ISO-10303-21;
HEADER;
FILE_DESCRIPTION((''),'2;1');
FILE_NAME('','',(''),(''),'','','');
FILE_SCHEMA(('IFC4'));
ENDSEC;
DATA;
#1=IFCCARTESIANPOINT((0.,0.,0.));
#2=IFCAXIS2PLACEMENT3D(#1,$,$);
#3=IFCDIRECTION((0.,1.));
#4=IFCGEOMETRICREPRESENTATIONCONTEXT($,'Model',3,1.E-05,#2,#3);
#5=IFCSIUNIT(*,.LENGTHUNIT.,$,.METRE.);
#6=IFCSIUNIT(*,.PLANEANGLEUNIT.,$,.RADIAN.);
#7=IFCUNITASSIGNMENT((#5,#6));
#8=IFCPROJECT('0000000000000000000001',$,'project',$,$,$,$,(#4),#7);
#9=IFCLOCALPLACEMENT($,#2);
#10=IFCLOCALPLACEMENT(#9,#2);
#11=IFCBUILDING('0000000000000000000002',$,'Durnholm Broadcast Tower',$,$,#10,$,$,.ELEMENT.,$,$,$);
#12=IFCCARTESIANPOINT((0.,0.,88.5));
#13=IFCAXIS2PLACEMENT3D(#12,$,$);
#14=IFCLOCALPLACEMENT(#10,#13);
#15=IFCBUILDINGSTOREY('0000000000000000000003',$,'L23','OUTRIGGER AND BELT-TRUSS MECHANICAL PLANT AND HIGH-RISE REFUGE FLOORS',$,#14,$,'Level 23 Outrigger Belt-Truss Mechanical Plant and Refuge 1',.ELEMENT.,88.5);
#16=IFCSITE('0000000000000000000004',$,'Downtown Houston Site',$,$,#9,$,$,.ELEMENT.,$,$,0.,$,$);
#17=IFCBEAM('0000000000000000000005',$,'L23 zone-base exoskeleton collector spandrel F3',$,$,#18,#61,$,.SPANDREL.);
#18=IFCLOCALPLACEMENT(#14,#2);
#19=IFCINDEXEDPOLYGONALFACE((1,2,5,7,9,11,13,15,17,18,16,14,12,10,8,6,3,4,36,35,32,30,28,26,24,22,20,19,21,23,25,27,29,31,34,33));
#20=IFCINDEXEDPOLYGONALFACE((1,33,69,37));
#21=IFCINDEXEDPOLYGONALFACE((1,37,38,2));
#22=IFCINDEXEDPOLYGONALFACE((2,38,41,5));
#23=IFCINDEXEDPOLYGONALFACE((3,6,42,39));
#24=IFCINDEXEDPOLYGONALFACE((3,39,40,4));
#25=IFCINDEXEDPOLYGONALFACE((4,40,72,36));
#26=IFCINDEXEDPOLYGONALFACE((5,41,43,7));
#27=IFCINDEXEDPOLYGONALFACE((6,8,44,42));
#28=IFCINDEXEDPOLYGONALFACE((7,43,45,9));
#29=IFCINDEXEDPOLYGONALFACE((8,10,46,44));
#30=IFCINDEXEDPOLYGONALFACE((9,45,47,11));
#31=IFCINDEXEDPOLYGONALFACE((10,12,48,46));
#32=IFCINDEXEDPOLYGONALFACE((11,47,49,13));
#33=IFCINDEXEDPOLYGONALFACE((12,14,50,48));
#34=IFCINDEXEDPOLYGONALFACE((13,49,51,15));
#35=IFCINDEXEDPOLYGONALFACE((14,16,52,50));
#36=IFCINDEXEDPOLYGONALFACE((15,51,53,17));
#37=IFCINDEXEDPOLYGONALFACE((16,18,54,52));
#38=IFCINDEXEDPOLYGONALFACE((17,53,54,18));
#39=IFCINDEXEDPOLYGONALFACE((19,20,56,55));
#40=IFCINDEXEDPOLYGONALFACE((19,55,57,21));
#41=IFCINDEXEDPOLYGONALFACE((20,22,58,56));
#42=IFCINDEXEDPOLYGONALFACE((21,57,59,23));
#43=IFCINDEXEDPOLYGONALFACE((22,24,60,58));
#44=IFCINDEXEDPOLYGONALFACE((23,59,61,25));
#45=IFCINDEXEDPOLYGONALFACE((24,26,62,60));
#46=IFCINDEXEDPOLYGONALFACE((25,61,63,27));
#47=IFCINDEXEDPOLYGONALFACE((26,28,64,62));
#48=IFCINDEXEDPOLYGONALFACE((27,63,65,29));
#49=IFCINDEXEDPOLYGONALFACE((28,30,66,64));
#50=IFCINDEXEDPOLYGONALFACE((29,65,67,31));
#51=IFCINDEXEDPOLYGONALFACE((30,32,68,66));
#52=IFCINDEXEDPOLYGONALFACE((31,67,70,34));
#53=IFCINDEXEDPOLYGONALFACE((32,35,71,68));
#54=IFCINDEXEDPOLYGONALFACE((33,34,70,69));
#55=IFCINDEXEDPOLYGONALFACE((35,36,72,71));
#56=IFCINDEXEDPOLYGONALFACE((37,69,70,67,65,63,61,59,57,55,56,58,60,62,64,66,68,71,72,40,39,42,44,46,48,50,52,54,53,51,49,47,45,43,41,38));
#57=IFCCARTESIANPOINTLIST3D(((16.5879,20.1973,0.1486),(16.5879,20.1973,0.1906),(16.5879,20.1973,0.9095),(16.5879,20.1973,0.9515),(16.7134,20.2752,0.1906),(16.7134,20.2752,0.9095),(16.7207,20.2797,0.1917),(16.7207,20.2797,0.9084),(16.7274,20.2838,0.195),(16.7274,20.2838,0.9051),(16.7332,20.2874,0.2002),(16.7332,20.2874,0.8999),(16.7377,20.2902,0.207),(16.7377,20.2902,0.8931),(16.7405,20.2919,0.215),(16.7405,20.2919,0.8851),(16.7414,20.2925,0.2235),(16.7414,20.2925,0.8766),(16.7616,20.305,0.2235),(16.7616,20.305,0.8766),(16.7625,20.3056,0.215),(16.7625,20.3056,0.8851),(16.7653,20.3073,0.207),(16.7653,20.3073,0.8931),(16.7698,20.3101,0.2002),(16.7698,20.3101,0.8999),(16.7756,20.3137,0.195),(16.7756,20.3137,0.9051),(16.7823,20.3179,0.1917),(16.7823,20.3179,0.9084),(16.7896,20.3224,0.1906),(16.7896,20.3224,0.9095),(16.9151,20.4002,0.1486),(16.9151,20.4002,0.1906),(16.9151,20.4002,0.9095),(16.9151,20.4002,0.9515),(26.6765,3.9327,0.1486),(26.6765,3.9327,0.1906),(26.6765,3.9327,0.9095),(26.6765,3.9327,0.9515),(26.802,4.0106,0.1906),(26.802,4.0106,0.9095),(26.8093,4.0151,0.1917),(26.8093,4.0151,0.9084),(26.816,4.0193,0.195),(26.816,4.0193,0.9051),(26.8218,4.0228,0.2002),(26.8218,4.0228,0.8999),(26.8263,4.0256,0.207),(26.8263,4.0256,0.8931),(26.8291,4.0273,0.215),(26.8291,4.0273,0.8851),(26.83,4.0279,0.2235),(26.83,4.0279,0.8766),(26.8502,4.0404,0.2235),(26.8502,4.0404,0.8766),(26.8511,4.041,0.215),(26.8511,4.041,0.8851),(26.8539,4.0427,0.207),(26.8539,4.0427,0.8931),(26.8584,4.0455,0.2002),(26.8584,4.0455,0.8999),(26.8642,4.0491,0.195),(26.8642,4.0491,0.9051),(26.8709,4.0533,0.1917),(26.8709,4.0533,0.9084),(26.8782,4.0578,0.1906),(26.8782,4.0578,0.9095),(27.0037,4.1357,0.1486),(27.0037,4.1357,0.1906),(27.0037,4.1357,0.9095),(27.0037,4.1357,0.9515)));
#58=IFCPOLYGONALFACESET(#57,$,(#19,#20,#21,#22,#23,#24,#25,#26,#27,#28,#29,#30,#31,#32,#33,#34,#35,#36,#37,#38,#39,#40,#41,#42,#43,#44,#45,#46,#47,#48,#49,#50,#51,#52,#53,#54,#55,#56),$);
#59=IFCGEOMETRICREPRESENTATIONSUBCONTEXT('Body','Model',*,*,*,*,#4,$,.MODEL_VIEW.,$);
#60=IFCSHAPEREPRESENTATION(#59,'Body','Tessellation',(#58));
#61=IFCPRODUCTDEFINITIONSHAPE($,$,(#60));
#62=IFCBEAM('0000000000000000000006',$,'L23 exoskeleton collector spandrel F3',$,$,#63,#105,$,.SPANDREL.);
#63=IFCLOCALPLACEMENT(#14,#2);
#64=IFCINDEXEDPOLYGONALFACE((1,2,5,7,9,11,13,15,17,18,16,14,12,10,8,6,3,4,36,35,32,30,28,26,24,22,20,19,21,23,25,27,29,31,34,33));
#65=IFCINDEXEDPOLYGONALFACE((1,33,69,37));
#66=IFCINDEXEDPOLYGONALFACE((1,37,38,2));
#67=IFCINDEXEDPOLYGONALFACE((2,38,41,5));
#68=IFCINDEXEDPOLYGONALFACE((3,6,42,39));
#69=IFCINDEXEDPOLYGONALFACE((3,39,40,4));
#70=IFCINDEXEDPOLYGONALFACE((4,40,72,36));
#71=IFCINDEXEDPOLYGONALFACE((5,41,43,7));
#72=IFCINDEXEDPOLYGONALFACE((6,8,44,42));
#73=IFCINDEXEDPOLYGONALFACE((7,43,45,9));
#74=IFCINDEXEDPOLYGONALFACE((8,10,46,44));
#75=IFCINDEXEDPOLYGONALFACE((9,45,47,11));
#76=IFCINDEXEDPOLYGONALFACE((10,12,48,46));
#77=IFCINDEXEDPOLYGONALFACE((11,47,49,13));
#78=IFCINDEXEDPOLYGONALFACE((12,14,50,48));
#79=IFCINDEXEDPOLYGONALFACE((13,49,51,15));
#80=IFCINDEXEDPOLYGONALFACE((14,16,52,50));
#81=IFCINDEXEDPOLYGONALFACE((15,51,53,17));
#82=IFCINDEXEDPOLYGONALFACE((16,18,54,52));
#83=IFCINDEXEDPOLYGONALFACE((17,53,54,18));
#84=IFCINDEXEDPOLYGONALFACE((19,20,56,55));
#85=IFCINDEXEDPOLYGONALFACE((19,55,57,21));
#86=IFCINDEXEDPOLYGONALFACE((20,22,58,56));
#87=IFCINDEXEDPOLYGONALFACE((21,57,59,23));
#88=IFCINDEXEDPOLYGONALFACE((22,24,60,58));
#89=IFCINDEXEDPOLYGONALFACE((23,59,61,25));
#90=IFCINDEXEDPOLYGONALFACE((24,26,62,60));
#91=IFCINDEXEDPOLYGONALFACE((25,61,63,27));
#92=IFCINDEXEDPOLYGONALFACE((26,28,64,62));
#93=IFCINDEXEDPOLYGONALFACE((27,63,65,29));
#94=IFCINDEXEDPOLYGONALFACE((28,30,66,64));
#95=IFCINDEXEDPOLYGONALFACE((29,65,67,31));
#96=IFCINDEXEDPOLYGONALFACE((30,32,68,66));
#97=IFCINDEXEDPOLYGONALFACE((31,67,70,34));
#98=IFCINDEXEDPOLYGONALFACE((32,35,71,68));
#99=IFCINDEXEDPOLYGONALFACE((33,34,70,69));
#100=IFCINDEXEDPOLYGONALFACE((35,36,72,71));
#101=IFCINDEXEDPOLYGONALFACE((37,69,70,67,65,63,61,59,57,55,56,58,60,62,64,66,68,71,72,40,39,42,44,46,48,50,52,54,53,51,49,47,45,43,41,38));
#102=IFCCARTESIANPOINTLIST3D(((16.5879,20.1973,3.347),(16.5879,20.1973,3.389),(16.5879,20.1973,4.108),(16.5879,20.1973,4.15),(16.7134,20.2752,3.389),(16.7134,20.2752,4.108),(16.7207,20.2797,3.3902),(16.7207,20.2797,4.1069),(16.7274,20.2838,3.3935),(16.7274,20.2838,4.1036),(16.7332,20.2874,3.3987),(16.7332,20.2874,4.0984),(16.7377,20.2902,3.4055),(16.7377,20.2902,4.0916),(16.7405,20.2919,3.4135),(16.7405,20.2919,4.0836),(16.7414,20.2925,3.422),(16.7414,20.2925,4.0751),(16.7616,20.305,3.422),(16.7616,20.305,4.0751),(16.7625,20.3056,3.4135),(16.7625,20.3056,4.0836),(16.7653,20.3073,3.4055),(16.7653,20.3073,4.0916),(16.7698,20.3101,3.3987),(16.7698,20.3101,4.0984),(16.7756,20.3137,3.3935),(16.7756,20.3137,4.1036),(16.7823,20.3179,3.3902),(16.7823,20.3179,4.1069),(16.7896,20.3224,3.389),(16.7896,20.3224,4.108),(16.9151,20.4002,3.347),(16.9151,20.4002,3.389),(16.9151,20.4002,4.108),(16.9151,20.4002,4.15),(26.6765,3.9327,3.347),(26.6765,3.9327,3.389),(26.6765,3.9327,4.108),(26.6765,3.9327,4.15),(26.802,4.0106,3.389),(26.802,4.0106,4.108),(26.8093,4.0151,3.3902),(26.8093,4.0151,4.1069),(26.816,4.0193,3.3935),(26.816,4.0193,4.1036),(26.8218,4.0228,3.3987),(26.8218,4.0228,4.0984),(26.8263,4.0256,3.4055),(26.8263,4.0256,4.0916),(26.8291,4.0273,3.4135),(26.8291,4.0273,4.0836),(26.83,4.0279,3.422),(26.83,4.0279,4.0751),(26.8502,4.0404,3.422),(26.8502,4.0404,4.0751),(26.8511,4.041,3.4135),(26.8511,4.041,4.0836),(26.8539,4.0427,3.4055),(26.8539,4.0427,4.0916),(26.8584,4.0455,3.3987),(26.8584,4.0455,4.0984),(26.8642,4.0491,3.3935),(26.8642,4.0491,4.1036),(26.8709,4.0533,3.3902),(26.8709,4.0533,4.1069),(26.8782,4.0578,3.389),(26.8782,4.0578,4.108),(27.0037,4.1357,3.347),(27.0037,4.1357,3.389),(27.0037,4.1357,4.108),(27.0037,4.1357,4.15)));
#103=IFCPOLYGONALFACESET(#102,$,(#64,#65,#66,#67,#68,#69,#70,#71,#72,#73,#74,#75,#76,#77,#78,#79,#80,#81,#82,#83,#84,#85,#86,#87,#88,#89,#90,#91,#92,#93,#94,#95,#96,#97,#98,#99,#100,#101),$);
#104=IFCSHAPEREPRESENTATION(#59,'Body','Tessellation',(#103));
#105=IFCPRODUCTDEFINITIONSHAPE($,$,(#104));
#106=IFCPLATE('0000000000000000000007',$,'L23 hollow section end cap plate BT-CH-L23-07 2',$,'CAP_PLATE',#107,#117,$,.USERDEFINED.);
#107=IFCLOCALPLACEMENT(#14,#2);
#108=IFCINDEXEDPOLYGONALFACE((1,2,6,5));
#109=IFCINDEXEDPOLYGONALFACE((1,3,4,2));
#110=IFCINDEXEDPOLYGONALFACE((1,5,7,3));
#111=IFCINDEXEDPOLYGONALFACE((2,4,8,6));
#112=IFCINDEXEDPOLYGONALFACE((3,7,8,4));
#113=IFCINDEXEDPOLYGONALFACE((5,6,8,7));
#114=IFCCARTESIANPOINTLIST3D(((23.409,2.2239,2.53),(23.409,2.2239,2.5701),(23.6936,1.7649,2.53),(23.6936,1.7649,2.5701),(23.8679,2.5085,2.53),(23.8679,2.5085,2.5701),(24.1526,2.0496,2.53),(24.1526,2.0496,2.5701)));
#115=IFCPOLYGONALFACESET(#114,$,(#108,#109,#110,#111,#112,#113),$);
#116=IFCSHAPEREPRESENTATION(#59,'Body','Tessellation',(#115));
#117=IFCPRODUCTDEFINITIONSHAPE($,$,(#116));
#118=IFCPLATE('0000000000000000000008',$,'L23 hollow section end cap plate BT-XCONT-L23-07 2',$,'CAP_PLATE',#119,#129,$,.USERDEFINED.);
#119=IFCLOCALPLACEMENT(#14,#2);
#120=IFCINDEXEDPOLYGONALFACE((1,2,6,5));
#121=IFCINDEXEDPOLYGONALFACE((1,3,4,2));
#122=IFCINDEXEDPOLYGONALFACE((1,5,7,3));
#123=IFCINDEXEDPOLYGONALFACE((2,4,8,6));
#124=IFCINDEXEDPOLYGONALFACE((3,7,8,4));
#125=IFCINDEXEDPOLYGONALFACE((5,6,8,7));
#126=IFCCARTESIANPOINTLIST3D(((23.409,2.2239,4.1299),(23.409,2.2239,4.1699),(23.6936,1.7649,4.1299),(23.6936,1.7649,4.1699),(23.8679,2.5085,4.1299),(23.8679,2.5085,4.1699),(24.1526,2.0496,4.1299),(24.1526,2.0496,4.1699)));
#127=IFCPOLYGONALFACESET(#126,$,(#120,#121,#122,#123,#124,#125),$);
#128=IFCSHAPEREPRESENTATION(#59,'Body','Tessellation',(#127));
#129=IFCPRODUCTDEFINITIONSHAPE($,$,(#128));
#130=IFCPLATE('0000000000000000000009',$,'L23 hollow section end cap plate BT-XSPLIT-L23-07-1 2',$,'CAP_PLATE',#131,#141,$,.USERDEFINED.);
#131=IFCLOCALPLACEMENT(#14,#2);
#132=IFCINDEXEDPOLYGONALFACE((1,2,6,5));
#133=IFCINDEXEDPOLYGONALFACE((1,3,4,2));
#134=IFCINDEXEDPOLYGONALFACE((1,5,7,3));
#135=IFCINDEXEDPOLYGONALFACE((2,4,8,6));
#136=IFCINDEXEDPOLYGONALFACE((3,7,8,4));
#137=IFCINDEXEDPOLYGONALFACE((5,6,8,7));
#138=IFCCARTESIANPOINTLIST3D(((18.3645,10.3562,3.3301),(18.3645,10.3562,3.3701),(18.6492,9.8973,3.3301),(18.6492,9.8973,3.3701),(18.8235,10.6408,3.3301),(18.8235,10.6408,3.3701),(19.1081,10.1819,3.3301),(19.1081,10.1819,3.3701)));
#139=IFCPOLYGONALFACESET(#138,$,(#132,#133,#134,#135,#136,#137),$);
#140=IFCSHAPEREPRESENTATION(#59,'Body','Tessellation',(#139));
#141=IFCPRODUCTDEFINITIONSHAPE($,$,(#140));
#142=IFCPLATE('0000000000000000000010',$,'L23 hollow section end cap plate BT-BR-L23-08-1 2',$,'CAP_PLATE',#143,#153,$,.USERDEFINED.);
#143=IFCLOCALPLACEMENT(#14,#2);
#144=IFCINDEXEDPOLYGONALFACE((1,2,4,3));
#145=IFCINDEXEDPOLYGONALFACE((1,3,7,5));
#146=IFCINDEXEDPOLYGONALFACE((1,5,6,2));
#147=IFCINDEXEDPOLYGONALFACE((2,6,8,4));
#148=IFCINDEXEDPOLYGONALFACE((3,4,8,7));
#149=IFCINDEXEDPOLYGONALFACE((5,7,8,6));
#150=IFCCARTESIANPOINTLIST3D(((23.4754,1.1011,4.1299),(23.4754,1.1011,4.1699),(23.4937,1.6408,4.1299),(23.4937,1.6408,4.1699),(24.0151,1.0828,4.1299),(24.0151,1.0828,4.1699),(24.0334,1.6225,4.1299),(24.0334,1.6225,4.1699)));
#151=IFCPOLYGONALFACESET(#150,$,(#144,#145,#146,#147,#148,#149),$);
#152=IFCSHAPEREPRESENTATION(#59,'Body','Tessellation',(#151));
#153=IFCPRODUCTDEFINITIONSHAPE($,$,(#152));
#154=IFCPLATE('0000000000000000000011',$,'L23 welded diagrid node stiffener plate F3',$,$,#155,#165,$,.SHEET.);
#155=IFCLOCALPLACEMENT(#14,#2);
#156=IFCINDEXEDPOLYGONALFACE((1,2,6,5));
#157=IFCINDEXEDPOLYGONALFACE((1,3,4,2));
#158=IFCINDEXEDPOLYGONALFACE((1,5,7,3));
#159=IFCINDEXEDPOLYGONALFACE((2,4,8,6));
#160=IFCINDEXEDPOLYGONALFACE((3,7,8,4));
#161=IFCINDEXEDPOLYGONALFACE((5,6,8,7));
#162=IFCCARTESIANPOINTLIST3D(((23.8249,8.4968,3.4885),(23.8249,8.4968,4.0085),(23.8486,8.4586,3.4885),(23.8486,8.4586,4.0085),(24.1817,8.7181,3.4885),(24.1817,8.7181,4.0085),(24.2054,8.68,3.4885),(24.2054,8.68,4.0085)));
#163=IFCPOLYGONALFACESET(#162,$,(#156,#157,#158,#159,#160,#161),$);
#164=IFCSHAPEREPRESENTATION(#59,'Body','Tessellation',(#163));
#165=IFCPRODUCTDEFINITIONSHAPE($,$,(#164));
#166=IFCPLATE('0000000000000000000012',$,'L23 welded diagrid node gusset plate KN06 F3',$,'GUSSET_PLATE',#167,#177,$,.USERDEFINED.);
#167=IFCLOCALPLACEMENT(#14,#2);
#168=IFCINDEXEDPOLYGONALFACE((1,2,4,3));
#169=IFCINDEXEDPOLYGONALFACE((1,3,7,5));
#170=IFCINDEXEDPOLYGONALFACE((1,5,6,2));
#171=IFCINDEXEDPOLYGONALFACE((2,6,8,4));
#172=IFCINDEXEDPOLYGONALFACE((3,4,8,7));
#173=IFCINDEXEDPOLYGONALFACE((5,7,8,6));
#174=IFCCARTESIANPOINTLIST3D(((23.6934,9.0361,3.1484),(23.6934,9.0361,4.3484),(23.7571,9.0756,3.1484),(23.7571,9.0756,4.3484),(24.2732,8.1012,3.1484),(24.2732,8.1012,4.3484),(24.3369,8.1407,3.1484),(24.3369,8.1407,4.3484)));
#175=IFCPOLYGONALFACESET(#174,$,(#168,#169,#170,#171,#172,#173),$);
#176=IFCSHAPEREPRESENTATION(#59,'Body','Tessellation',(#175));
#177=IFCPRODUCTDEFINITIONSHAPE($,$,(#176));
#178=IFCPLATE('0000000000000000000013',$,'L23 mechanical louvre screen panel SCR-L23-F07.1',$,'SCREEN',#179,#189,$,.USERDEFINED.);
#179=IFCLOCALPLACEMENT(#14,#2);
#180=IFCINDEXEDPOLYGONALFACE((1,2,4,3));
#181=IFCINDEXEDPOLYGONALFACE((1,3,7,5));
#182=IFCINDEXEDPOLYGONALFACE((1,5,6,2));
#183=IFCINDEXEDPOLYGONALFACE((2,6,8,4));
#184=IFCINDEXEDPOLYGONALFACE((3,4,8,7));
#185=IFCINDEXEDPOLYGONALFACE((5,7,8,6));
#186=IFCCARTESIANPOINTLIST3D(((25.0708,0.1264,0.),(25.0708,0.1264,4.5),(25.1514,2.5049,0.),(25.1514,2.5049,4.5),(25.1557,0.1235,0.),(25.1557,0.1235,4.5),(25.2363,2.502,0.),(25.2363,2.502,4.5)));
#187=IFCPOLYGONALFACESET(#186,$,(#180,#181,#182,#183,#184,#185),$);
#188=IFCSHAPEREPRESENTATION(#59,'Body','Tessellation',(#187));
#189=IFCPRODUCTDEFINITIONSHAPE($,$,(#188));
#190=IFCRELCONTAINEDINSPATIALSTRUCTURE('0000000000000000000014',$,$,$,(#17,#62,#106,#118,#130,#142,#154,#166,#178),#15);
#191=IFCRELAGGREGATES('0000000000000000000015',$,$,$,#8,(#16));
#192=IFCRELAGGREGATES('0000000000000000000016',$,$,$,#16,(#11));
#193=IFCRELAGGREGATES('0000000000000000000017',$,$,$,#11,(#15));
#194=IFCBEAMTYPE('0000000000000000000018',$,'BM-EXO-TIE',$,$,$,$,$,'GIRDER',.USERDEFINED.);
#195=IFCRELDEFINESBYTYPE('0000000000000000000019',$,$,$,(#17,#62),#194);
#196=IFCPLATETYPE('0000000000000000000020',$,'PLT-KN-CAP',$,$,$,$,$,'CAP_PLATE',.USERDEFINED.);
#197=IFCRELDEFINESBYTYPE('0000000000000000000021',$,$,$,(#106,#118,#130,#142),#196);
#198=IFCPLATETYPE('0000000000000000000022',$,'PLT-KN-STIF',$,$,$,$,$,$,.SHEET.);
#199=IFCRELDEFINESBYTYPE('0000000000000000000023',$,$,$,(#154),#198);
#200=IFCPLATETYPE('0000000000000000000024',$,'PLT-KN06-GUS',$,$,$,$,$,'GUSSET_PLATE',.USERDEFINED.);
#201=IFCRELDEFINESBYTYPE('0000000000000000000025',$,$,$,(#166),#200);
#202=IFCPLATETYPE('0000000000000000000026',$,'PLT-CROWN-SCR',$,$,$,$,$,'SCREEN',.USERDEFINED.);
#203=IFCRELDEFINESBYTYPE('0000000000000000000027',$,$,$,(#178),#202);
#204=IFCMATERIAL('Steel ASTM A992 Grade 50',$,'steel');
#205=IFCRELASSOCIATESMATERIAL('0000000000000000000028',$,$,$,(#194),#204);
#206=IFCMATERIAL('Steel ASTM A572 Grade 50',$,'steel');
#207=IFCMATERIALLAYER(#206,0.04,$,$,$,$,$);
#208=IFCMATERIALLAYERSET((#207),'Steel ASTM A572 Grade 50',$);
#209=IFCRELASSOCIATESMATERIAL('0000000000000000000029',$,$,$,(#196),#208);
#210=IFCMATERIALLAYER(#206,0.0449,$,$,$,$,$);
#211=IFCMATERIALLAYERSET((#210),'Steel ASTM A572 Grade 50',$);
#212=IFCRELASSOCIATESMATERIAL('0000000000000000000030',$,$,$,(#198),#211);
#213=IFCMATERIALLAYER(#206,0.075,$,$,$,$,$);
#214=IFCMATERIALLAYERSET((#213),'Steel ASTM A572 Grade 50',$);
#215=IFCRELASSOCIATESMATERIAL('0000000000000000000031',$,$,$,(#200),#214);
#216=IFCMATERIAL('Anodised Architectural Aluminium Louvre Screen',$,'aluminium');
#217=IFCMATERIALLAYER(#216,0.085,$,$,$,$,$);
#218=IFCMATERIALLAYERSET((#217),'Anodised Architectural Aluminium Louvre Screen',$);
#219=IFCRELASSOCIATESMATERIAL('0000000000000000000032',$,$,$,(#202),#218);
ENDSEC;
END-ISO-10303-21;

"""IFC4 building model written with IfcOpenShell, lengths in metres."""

from ifc_helpers import new_model, si_unit, direction, frame, origin, origin_2d, place, context, subcontext, project, spatial, rectangle, i_section, extrude, source, transform, mapped, material, layer, layer_set, material_profile, profile_set, type_object, type_shapes, element, save


model = new_model("IFC4")

# Units and contexts
model_context = context("Model", 3, precision=1e-05, world=origin(), true_north=direction((0.0, 1.0)))
body_context = subcontext(model_context, "Body", "Model", "MODEL_VIEW")
ifc_project = project(units=[si_unit("LENGTHUNIT", "METRE"), si_unit("PLANEANGLEUNIT", "RADIAN")], contexts=[model_context])

# Site, building, storey
site_placement = place(None, origin())
site = spatial("IfcSite", under=ifc_project, at=site_placement, Name="Downtown Houston Site", CompositionType="ELEMENT", RefElevation=0.0)
building_placement = place(site_placement, origin())
building = spatial("IfcBuilding", under=site, at=building_placement, Name="Durnholm Broadcast Tower", CompositionType="ELEMENT")
storey_placement = place(building_placement, frame((0.0, 0.0, 88.5)))
storey = spatial("IfcBuildingStorey", under=building, at=storey_placement, Name="L23", Description="OUTRIGGER AND BELT-TRUSS MECHANICAL PLANT AND HIGH-RISE REFUGE FLOORS", LongName="Level 23 Outrigger Belt-Truss Mechanical Plant and Refuge 1", CompositionType="ELEMENT", Elevation=88.5)

# Shared definitions
ifc_material_1 = material(Name="Steel ASTM A992 Grade 50", Category="steel")
ifc_material_profile_1 = material_profile(ifc_material_1, i_section(OverallWidth=0.385, OverallDepth=0.803, WebThickness=0.0237, FlangeThickness=0.042, FilletRadius=0.033, at=origin_2d()), Name="W30X261")
ifc_profile_set_1 = profile_set([ifc_material_profile_1], Name="Steel ASTM A992 Grade 50")
beam_type_1 = type_object("IfcBeamType", Name="BM-EXO-TIE", ElementType="GIRDER", PredefinedType="USERDEFINED", material=ifc_profile_set_1)

# Beams
shared_shape_1 = source(origin(), body_context, "Body", "SweptSolid", [
    extrude(i_section(OverallWidth=0.385, OverallDepth=0.803, WebThickness=0.0237, FlangeThickness=0.042, FilletRadius=0.033, at=origin_2d()), origin(), (0.0, 0.0, 1.0), 19.1394),
])
for number, where, z_axis, x_axis, name in (
    (1, (26.8401, 4.0342, 0.55), (-0.527111, 0.849796, 0.0), (-0.849796, -0.527111, 0.0), "L23 zone-base exoskeleton collector spandrel F3"),
    (2, (26.8401, 4.0342, 3.7485), (-0.527111, 0.849796, 0.0), (-0.849796, -0.527111, 0.0), "L23 exoskeleton collector spandrel F3"),
):
    element("IfcBeam", number, at=place(storey_placement, frame(where, z_axis=z_axis, x_axis=x_axis)), inside=storey, type_object=beam_type_1, Name=name, PredefinedType="SPANDREL", context=body_context, shape_type="MappedRepresentation", body=[
        mapped(shared_shape_1, transform((0.0, 0.0, 0.0), x_axis=(1.0, 0.0, 0.0), y_axis=(0.0, 1.0, 0.0), z_axis=(0.0, 0.0, 1.0), scale=1.0)),
    ])

# Plates
ifc_material_2 = material(Name="Steel ASTM A572 Grade 50", Category="steel")
ifc_layer_1 = layer(ifc_material_2, 0.04)
ifc_layer_set_1 = layer_set([ifc_layer_1], Name="Steel ASTM A572 Grade 50")
plate_type_1 = type_object("IfcPlateType", Name="PLT-KN-CAP", ElementType="CAP_PLATE", PredefinedType="USERDEFINED", material=ifc_layer_set_1)
shared_shape_2 = source(origin(), body_context, "Body", "SweptSolid", [
    extrude(rectangle(XDim=0.54, YDim=0.54, at=origin_2d()), origin(), (0.0, 0.0, 1.0), 0.04),
])
type_shapes(plate_type_1, [shared_shape_2])
for number, where, z_axis, x_axis, name in (
    (3, (23.7808, 2.1367, 2.53), (0.0, 0.0, 1.0), (0.527104, -0.849801, 0.0), "L23 hollow section end cap plate BT-CH-L23-07 2"),
    (4, (23.7808, 2.1367, 4.1299), (0.0, 0.0, 1.0), (0.527104, -0.849801, 0.0), "L23 hollow section end cap plate BT-XCONT-L23-07 2"),
    (5, (18.7363, 10.269, 3.3301), (0.0, 0.0, 1.0), (-0.527104, 0.849801, 0.0), "L23 hollow section end cap plate BT-XSPLIT-L23-07-1 2"),
    (6, (23.7544, 1.3618, 4.1299), (0.0, 0.0, 1.0), (-0.033853, -0.999427, 0.0), "L23 hollow section end cap plate BT-BR-L23-08-1 2"),
):
    element("IfcPlate", number, at=place(storey_placement, frame(where, z_axis=z_axis, x_axis=x_axis)), inside=storey, type_object=plate_type_1, Name=name, ObjectType="CAP_PLATE", PredefinedType="USERDEFINED", context=body_context, shape_type="MappedRepresentation", body=[
        mapped(shared_shape_2, transform((0.0, 0.0, 0.0), x_axis=(1.0, 0.0, 0.0), y_axis=(0.0, 1.0, 0.0), z_axis=(0.0, 0.0, 1.0), scale=1.0)),
    ])
ifc_layer_2 = layer(ifc_material_2, 0.0449)
ifc_layer_set_2 = layer_set([ifc_layer_2], Name="Steel ASTM A572 Grade 50")
plate_type_2 = type_object("IfcPlateType", Name="PLT-KN-STIF", PredefinedType="SHEET", material=ifc_layer_set_2)
shared_shape_3 = source(origin(), body_context, "Body", "SweptSolid", [
    extrude(rectangle(XDim=0.0449, YDim=0.4199, at=origin_2d()), origin(), (0.0, 0.0, 1.0), 0.52),
])
type_shapes(plate_type_2, [shared_shape_3])
plate_1_placement = place(storey_placement, frame((24.0151, 8.5884, 3.4885), z_axis=(0.0, 0.0, 1.0), x_axis=(-0.527104, 0.849801, 0.0)))
element("IfcPlate", 7, at=plate_1_placement, inside=storey, type_object=plate_type_2, Name="L23 welded diagrid node stiffener plate F3", PredefinedType="SHEET", context=body_context, shape_type="MappedRepresentation", body=[
    mapped(shared_shape_3, transform((0.0, 0.0, 0.0), x_axis=(1.0, 0.0, 0.0), y_axis=(0.0, 1.0, 0.0), z_axis=(0.0, 0.0, 1.0), scale=1.0)),
])
ifc_layer_3 = layer(ifc_material_2, 0.075)
ifc_layer_set_3 = layer_set([ifc_layer_3], Name="Steel ASTM A572 Grade 50")
plate_type_3 = type_object("IfcPlateType", Name="PLT-KN06-GUS", ElementType="GUSSET_PLATE", PredefinedType="USERDEFINED", material=ifc_layer_set_3)
shared_shape_4 = source(origin(), body_context, "Body", "SweptSolid", [
    extrude(rectangle(XDim=1.1001, YDim=0.075, at=origin_2d()), origin(), (0.0, 0.0, 1.0), 1.2),
])
type_shapes(plate_type_3, [shared_shape_4])
plate_2_placement = place(storey_placement, frame((24.0151, 8.5884, 3.1484), z_axis=(0.0, 0.0, 1.0), x_axis=(-0.527104, 0.849801, 0.0)))
element("IfcPlate", 8, at=plate_2_placement, inside=storey, type_object=plate_type_3, Name="L23 welded diagrid node gusset plate KN06 F3", ObjectType="GUSSET_PLATE", PredefinedType="USERDEFINED", context=body_context, shape_type="MappedRepresentation", body=[
    mapped(shared_shape_4, transform((0.0, 0.0, 0.0), x_axis=(1.0, 0.0, 0.0), y_axis=(0.0, 1.0, 0.0), z_axis=(0.0, 0.0, 1.0), scale=1.0)),
])
ifc_material_3 = material(Name="Anodised Architectural Aluminium Louvre Screen", Category="aluminium")
ifc_layer_4 = layer(ifc_material_3, 0.085)
ifc_layer_set_4 = layer_set([ifc_layer_4], Name="Anodised Architectural Aluminium Louvre Screen")
plate_type_4 = type_object("IfcPlateType", Name="PLT-CROWN-SCR", ElementType="SCREEN", PredefinedType="USERDEFINED", material=ifc_layer_set_4)
shared_shape_5 = source(origin(), body_context, "Body", "SweptSolid", [
    extrude(rectangle(XDim=2.3799, YDim=0.085, at=origin_2d()), origin(), (0.0, 0.0, 1.0), 4.5),
])
plate_3_placement = place(storey_placement, frame((25.1536, 1.3142, 0.0), z_axis=(0.0, 0.0, 1.0), x_axis=(-0.033853, -0.999427, 0.0)))
element("IfcPlate", 9, at=plate_3_placement, inside=storey, type_object=plate_type_4, Name="L23 mechanical louvre screen panel SCR-L23-F07.1", ObjectType="SCREEN", PredefinedType="USERDEFINED", context=body_context, shape_type="MappedRepresentation", body=[
    mapped(shared_shape_5, transform((0.0, 0.0, 0.0), x_axis=(1.0, 0.0, 0.0), y_axis=(0.0, 1.0, 0.0), z_axis=(0.0, 0.0, 1.0), scale=1.0)),
])

save(model, "model.ifc")
